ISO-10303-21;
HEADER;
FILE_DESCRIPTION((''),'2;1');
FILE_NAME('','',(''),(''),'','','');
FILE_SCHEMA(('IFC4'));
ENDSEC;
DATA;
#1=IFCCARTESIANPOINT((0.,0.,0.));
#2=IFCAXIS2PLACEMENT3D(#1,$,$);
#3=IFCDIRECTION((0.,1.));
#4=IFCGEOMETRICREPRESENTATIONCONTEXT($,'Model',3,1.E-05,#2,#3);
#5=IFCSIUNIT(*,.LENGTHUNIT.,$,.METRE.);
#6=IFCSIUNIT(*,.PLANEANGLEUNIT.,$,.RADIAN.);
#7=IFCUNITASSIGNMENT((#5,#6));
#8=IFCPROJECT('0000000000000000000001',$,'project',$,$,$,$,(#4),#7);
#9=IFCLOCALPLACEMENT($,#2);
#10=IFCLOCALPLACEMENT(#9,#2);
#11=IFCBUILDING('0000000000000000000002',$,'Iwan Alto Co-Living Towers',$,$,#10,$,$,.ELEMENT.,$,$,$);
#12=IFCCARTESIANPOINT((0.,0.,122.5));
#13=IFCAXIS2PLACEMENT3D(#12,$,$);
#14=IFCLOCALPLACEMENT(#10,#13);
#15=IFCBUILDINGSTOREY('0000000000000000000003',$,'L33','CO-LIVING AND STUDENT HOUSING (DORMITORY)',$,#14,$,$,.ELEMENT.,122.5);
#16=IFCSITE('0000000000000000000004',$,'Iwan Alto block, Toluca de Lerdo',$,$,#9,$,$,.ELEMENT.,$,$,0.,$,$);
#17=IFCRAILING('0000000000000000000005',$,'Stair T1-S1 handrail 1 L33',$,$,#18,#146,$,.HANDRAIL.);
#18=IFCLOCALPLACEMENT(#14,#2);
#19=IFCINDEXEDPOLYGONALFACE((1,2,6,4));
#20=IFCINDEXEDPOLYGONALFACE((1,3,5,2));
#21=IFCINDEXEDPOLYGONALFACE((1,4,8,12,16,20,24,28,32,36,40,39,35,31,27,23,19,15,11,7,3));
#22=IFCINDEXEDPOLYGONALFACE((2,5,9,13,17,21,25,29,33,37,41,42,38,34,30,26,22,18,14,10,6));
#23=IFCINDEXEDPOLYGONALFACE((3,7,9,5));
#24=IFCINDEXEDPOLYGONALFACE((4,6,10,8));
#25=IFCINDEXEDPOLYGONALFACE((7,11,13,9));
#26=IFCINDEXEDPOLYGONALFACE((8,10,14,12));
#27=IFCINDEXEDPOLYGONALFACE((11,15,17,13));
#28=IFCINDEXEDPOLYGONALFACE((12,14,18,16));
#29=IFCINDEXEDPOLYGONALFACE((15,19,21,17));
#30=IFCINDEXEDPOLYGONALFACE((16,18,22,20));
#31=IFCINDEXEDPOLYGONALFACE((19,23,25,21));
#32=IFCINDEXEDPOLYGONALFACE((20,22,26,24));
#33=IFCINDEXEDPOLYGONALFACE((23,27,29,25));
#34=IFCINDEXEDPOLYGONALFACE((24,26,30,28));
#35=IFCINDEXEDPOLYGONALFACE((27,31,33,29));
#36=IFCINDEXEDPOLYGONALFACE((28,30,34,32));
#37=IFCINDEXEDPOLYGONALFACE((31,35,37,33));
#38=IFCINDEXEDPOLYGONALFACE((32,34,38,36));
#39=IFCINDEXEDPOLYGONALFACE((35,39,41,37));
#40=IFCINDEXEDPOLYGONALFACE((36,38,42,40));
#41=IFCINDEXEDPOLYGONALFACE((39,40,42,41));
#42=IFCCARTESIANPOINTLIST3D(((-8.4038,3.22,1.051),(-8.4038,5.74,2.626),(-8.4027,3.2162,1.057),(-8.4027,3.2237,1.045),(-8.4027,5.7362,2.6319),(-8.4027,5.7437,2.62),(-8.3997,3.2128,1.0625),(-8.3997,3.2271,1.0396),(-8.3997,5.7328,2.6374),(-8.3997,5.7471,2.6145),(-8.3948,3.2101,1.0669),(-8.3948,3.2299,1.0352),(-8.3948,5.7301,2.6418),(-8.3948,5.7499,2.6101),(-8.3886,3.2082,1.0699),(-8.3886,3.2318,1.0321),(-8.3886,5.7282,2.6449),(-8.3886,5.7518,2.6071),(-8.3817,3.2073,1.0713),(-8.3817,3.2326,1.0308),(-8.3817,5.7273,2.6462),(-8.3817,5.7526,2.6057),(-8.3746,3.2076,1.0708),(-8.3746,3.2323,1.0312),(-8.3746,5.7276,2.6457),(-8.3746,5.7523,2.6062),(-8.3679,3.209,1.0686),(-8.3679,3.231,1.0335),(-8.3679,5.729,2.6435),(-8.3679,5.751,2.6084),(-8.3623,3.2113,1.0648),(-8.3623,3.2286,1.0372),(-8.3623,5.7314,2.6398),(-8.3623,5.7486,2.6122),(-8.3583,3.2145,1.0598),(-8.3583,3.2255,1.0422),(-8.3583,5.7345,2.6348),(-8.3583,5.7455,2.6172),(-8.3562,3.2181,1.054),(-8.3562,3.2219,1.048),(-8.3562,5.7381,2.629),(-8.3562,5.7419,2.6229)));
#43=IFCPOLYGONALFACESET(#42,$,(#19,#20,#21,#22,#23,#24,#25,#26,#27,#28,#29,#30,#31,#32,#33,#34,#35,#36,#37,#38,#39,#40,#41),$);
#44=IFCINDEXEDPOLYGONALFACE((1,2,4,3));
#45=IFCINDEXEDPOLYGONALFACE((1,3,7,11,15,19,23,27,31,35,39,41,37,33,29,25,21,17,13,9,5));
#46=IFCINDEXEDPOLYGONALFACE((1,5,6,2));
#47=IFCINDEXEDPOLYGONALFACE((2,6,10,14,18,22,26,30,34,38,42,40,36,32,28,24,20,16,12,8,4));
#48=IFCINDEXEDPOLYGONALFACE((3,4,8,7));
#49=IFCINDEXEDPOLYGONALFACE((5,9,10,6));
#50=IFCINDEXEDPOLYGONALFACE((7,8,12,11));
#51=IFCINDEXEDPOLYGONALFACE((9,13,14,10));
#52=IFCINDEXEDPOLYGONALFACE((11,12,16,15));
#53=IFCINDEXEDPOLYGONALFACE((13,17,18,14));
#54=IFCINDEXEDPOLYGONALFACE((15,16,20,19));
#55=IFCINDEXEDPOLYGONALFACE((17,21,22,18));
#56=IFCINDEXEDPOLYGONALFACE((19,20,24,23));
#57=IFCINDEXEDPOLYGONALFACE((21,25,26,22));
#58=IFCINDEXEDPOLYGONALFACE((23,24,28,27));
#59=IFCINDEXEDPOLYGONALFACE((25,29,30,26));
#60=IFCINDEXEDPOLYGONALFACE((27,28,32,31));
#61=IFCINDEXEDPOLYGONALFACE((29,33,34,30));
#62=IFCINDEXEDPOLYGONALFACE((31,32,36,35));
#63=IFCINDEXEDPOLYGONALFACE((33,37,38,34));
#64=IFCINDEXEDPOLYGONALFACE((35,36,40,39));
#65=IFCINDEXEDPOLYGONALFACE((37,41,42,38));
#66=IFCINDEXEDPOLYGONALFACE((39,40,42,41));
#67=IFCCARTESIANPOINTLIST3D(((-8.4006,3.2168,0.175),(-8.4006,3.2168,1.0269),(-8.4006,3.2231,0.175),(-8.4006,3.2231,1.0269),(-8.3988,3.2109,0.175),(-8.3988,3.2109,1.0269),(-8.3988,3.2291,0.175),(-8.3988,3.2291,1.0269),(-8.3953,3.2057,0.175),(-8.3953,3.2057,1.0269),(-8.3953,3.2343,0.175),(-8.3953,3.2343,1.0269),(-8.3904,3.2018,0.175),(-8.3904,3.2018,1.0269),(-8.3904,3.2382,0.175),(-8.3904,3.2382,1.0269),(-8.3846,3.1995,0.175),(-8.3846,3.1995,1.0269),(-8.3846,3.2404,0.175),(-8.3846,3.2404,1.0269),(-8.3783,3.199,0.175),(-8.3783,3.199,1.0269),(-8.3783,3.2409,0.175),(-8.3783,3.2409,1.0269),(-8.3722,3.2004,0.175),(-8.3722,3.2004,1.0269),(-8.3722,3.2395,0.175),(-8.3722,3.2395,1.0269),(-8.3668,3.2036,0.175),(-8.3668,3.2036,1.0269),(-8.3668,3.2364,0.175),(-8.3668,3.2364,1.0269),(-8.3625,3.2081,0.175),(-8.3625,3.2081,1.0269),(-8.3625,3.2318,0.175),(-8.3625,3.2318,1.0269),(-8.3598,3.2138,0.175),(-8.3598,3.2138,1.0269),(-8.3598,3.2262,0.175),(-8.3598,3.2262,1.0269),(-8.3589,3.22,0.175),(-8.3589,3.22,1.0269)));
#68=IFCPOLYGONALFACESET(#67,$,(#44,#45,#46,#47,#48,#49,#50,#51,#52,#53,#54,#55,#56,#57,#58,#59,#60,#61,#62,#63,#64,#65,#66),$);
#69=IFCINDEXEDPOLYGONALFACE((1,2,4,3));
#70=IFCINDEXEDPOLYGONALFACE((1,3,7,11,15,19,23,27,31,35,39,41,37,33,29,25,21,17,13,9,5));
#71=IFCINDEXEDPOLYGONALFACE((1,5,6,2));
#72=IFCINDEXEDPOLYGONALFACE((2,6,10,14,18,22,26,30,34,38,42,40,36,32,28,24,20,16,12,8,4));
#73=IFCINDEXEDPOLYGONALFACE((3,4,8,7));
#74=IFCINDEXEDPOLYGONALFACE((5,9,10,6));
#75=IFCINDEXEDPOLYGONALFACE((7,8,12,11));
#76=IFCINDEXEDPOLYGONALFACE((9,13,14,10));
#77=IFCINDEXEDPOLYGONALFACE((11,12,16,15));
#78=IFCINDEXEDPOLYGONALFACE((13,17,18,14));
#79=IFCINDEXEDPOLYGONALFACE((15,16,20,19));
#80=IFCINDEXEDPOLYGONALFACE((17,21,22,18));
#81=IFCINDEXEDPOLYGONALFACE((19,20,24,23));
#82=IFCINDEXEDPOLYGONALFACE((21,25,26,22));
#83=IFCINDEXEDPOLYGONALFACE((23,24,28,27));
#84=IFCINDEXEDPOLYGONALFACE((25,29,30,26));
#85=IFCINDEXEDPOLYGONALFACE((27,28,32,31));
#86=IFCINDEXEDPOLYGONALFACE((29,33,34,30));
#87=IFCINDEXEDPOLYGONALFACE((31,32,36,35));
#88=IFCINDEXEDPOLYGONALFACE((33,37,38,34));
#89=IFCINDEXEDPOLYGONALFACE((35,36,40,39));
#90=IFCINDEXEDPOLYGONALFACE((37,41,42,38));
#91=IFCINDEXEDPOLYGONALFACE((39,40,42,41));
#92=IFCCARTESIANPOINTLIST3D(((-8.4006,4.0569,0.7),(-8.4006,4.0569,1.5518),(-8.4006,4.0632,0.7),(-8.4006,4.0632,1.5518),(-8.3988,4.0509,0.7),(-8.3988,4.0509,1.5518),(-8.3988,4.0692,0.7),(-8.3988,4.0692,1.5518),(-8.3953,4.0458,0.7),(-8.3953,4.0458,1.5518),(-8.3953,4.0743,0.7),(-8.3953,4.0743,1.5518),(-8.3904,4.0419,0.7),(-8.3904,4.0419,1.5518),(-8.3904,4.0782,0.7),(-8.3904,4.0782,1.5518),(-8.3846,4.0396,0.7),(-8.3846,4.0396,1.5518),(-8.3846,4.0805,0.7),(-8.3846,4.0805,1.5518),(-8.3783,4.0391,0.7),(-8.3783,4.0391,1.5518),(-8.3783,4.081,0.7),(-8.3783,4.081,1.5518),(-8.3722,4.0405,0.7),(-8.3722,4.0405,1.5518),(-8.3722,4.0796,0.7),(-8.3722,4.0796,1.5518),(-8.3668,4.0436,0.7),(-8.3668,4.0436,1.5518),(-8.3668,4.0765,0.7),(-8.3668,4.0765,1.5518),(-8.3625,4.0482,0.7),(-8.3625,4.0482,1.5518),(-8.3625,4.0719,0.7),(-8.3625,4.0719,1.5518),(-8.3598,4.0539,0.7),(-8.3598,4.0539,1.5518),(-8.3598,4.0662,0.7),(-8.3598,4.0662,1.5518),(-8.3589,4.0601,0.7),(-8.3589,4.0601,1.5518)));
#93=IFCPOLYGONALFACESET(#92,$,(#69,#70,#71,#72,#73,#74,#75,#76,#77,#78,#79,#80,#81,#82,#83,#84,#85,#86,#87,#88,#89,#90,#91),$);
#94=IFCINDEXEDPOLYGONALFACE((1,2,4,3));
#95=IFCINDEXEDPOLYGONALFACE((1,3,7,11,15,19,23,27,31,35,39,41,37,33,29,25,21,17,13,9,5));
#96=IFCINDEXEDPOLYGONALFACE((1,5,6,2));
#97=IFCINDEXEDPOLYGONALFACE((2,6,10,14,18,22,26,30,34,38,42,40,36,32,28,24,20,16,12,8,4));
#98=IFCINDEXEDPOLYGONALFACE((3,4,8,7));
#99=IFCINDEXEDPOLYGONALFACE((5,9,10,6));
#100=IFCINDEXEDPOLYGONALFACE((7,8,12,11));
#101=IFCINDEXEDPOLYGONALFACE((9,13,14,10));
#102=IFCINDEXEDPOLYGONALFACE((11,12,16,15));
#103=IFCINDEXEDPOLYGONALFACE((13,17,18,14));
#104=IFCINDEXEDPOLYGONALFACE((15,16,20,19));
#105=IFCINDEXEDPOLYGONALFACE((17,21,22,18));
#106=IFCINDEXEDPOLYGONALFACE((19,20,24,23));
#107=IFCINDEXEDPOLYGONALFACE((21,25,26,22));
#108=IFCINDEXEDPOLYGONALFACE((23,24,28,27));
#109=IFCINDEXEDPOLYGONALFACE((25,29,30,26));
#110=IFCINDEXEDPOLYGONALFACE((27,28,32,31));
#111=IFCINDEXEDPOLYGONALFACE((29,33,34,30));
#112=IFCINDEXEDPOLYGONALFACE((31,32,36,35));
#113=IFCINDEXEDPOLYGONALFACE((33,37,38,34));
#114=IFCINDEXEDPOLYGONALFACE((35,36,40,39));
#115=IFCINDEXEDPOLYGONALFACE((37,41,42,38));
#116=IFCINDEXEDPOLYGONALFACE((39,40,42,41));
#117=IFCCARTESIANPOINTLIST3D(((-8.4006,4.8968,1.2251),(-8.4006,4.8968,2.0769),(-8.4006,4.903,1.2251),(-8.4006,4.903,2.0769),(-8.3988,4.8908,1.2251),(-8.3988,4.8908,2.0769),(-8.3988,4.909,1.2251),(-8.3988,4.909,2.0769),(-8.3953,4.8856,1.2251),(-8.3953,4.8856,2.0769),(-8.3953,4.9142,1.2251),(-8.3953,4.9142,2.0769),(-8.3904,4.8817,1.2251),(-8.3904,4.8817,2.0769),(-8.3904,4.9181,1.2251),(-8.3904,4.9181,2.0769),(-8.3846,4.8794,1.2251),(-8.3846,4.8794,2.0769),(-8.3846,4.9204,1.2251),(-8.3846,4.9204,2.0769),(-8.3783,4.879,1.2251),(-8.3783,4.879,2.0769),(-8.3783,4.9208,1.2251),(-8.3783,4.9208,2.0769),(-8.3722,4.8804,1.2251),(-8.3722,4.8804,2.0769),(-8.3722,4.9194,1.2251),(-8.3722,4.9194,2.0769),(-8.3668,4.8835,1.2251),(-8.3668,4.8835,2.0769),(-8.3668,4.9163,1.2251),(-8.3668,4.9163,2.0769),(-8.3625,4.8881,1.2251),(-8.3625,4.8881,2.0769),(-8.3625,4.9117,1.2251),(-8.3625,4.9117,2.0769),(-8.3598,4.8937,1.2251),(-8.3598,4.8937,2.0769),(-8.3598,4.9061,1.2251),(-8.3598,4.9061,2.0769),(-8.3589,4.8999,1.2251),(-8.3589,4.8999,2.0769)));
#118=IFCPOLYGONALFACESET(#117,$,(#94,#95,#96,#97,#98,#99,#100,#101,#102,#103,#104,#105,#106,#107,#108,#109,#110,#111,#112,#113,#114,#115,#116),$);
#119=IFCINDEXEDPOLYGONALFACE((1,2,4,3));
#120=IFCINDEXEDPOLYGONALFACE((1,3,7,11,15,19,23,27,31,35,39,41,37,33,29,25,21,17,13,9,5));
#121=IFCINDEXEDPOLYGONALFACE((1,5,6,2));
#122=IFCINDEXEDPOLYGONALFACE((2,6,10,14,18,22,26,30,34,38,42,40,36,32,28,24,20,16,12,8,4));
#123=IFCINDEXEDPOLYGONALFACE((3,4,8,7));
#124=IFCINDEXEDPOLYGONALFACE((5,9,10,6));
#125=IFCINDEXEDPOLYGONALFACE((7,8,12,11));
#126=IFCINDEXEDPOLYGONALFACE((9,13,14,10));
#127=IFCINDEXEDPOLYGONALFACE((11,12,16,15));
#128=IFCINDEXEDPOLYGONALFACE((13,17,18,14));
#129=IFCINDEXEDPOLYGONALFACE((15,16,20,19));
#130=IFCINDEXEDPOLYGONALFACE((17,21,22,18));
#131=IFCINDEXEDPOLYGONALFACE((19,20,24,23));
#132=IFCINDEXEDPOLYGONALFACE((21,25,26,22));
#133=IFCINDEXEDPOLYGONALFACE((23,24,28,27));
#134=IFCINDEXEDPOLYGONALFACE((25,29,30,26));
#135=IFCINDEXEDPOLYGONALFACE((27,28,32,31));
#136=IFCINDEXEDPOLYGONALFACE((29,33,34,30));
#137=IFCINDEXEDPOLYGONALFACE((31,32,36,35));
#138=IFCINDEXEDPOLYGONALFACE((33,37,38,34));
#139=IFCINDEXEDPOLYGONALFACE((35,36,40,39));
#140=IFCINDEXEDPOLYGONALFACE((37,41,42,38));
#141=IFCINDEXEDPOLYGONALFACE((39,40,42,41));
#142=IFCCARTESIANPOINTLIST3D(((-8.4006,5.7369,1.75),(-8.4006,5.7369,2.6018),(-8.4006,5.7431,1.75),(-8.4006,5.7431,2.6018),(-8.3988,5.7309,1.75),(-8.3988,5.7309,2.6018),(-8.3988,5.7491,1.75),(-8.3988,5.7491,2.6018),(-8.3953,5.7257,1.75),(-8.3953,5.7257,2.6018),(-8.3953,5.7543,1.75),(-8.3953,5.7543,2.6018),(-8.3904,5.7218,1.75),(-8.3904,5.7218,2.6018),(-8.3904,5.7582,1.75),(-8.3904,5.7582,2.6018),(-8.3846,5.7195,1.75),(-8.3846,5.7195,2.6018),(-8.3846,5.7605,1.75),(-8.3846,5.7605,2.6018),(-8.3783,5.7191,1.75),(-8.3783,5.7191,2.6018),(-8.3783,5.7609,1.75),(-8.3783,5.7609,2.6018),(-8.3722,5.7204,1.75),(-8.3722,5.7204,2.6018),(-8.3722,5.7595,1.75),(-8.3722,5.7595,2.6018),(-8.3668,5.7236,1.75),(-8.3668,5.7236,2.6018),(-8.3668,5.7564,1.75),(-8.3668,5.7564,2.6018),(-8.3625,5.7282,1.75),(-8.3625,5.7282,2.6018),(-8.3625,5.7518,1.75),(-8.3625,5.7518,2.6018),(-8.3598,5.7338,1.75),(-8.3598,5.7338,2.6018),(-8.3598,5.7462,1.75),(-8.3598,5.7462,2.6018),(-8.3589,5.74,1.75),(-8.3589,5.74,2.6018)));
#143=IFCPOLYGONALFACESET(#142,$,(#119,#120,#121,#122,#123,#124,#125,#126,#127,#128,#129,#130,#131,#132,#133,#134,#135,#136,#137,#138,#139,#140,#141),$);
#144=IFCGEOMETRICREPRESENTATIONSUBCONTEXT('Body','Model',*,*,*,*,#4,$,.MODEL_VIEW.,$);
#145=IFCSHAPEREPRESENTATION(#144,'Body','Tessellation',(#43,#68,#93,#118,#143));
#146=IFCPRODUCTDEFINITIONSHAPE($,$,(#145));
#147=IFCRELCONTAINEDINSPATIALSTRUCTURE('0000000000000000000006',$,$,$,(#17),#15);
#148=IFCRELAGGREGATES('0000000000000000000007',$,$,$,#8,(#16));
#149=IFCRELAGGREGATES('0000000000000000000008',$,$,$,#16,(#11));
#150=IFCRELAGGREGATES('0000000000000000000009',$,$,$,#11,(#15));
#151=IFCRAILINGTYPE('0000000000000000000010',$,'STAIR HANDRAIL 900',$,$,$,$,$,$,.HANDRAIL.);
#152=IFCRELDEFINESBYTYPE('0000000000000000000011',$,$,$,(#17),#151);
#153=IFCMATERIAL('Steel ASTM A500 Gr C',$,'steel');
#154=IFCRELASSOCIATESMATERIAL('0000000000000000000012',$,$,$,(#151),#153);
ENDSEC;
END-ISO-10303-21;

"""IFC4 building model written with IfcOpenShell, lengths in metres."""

from ifc_helpers import new_model, si_unit, direction, frame, origin, origin_2d, place, context, subcontext, project, spatial, circle, extrude, material, type_object, element, save


model = new_model("IFC4")

# Units and contexts
model_context = context("Model", 3, precision=1e-05, world=origin(), true_north=direction((0.0, 1.0)))
body_context = subcontext(model_context, "Body", "Model", "MODEL_VIEW")
ifc_project = project(units=[si_unit("LENGTHUNIT", "METRE"), si_unit("PLANEANGLEUNIT", "RADIAN")], contexts=[model_context])

# Site, building, storey
site_placement = place(None, origin())
site = spatial("IfcSite", under=ifc_project, at=site_placement, Name="Iwan Alto block, Toluca de Lerdo", CompositionType="ELEMENT", RefElevation=0.0)
building_placement = place(site_placement, origin())
building = spatial("IfcBuilding", under=site, at=building_placement, Name="Iwan Alto Co-Living Towers", CompositionType="ELEMENT")
storey_placement = place(building_placement, frame((0.0, 0.0, 122.5)))
storey = spatial("IfcBuildingStorey", under=building, at=storey_placement, Name="L33", Description="CO-LIVING AND STUDENT HOUSING (DORMITORY)", CompositionType="ELEMENT", Elevation=122.5)

# Railing
ifc_material_1 = material(Name="Steel ASTM A500 Gr C", Category="steel")
railing_type_1 = type_object("IfcRailingType", Name="STAIR HANDRAIL 900", PredefinedType="HANDRAIL", material=ifc_material_1)
railing_1_placement = place(storey_placement, frame((-8.3799, 3.22, 0.175)))
element("IfcRailing", 1, at=railing_1_placement, inside=storey, type_object=railing_type_1, Name="Stair T1-S1 handrail 1 L33", PredefinedType="HANDRAIL", context=body_context, shape_type="SweptSolid", body=[
    extrude(circle(Radius=0.0239, at=origin_2d()), frame((0.0, 0.0, 0.876), z_axis=(0.0, 0.848008, 0.529984), x_axis=(-1.0, 0.0, 0.0)), (0.0, 0.0, 1.0), 2.9717),
    extrude(circle(Radius=0.021, at=origin_2d()), origin(), (0.0, 0.0, 1.0), 0.8518),
    extrude(circle(Radius=0.021, at=origin_2d()), frame((0.0, 0.8401, 0.5249)), (0.0, 0.0, 1.0), 0.8518),
    extrude(circle(Radius=0.021, at=origin_2d()), frame((0.0, 1.6799, 1.05)), (0.0, 0.0, 1.0), 0.8518),
    extrude(circle(Radius=0.021, at=origin_2d()), frame((0.0, 2.52, 1.575)), (0.0, 0.0, 1.0), 0.8518),
])

save(model, "model.ifc")
